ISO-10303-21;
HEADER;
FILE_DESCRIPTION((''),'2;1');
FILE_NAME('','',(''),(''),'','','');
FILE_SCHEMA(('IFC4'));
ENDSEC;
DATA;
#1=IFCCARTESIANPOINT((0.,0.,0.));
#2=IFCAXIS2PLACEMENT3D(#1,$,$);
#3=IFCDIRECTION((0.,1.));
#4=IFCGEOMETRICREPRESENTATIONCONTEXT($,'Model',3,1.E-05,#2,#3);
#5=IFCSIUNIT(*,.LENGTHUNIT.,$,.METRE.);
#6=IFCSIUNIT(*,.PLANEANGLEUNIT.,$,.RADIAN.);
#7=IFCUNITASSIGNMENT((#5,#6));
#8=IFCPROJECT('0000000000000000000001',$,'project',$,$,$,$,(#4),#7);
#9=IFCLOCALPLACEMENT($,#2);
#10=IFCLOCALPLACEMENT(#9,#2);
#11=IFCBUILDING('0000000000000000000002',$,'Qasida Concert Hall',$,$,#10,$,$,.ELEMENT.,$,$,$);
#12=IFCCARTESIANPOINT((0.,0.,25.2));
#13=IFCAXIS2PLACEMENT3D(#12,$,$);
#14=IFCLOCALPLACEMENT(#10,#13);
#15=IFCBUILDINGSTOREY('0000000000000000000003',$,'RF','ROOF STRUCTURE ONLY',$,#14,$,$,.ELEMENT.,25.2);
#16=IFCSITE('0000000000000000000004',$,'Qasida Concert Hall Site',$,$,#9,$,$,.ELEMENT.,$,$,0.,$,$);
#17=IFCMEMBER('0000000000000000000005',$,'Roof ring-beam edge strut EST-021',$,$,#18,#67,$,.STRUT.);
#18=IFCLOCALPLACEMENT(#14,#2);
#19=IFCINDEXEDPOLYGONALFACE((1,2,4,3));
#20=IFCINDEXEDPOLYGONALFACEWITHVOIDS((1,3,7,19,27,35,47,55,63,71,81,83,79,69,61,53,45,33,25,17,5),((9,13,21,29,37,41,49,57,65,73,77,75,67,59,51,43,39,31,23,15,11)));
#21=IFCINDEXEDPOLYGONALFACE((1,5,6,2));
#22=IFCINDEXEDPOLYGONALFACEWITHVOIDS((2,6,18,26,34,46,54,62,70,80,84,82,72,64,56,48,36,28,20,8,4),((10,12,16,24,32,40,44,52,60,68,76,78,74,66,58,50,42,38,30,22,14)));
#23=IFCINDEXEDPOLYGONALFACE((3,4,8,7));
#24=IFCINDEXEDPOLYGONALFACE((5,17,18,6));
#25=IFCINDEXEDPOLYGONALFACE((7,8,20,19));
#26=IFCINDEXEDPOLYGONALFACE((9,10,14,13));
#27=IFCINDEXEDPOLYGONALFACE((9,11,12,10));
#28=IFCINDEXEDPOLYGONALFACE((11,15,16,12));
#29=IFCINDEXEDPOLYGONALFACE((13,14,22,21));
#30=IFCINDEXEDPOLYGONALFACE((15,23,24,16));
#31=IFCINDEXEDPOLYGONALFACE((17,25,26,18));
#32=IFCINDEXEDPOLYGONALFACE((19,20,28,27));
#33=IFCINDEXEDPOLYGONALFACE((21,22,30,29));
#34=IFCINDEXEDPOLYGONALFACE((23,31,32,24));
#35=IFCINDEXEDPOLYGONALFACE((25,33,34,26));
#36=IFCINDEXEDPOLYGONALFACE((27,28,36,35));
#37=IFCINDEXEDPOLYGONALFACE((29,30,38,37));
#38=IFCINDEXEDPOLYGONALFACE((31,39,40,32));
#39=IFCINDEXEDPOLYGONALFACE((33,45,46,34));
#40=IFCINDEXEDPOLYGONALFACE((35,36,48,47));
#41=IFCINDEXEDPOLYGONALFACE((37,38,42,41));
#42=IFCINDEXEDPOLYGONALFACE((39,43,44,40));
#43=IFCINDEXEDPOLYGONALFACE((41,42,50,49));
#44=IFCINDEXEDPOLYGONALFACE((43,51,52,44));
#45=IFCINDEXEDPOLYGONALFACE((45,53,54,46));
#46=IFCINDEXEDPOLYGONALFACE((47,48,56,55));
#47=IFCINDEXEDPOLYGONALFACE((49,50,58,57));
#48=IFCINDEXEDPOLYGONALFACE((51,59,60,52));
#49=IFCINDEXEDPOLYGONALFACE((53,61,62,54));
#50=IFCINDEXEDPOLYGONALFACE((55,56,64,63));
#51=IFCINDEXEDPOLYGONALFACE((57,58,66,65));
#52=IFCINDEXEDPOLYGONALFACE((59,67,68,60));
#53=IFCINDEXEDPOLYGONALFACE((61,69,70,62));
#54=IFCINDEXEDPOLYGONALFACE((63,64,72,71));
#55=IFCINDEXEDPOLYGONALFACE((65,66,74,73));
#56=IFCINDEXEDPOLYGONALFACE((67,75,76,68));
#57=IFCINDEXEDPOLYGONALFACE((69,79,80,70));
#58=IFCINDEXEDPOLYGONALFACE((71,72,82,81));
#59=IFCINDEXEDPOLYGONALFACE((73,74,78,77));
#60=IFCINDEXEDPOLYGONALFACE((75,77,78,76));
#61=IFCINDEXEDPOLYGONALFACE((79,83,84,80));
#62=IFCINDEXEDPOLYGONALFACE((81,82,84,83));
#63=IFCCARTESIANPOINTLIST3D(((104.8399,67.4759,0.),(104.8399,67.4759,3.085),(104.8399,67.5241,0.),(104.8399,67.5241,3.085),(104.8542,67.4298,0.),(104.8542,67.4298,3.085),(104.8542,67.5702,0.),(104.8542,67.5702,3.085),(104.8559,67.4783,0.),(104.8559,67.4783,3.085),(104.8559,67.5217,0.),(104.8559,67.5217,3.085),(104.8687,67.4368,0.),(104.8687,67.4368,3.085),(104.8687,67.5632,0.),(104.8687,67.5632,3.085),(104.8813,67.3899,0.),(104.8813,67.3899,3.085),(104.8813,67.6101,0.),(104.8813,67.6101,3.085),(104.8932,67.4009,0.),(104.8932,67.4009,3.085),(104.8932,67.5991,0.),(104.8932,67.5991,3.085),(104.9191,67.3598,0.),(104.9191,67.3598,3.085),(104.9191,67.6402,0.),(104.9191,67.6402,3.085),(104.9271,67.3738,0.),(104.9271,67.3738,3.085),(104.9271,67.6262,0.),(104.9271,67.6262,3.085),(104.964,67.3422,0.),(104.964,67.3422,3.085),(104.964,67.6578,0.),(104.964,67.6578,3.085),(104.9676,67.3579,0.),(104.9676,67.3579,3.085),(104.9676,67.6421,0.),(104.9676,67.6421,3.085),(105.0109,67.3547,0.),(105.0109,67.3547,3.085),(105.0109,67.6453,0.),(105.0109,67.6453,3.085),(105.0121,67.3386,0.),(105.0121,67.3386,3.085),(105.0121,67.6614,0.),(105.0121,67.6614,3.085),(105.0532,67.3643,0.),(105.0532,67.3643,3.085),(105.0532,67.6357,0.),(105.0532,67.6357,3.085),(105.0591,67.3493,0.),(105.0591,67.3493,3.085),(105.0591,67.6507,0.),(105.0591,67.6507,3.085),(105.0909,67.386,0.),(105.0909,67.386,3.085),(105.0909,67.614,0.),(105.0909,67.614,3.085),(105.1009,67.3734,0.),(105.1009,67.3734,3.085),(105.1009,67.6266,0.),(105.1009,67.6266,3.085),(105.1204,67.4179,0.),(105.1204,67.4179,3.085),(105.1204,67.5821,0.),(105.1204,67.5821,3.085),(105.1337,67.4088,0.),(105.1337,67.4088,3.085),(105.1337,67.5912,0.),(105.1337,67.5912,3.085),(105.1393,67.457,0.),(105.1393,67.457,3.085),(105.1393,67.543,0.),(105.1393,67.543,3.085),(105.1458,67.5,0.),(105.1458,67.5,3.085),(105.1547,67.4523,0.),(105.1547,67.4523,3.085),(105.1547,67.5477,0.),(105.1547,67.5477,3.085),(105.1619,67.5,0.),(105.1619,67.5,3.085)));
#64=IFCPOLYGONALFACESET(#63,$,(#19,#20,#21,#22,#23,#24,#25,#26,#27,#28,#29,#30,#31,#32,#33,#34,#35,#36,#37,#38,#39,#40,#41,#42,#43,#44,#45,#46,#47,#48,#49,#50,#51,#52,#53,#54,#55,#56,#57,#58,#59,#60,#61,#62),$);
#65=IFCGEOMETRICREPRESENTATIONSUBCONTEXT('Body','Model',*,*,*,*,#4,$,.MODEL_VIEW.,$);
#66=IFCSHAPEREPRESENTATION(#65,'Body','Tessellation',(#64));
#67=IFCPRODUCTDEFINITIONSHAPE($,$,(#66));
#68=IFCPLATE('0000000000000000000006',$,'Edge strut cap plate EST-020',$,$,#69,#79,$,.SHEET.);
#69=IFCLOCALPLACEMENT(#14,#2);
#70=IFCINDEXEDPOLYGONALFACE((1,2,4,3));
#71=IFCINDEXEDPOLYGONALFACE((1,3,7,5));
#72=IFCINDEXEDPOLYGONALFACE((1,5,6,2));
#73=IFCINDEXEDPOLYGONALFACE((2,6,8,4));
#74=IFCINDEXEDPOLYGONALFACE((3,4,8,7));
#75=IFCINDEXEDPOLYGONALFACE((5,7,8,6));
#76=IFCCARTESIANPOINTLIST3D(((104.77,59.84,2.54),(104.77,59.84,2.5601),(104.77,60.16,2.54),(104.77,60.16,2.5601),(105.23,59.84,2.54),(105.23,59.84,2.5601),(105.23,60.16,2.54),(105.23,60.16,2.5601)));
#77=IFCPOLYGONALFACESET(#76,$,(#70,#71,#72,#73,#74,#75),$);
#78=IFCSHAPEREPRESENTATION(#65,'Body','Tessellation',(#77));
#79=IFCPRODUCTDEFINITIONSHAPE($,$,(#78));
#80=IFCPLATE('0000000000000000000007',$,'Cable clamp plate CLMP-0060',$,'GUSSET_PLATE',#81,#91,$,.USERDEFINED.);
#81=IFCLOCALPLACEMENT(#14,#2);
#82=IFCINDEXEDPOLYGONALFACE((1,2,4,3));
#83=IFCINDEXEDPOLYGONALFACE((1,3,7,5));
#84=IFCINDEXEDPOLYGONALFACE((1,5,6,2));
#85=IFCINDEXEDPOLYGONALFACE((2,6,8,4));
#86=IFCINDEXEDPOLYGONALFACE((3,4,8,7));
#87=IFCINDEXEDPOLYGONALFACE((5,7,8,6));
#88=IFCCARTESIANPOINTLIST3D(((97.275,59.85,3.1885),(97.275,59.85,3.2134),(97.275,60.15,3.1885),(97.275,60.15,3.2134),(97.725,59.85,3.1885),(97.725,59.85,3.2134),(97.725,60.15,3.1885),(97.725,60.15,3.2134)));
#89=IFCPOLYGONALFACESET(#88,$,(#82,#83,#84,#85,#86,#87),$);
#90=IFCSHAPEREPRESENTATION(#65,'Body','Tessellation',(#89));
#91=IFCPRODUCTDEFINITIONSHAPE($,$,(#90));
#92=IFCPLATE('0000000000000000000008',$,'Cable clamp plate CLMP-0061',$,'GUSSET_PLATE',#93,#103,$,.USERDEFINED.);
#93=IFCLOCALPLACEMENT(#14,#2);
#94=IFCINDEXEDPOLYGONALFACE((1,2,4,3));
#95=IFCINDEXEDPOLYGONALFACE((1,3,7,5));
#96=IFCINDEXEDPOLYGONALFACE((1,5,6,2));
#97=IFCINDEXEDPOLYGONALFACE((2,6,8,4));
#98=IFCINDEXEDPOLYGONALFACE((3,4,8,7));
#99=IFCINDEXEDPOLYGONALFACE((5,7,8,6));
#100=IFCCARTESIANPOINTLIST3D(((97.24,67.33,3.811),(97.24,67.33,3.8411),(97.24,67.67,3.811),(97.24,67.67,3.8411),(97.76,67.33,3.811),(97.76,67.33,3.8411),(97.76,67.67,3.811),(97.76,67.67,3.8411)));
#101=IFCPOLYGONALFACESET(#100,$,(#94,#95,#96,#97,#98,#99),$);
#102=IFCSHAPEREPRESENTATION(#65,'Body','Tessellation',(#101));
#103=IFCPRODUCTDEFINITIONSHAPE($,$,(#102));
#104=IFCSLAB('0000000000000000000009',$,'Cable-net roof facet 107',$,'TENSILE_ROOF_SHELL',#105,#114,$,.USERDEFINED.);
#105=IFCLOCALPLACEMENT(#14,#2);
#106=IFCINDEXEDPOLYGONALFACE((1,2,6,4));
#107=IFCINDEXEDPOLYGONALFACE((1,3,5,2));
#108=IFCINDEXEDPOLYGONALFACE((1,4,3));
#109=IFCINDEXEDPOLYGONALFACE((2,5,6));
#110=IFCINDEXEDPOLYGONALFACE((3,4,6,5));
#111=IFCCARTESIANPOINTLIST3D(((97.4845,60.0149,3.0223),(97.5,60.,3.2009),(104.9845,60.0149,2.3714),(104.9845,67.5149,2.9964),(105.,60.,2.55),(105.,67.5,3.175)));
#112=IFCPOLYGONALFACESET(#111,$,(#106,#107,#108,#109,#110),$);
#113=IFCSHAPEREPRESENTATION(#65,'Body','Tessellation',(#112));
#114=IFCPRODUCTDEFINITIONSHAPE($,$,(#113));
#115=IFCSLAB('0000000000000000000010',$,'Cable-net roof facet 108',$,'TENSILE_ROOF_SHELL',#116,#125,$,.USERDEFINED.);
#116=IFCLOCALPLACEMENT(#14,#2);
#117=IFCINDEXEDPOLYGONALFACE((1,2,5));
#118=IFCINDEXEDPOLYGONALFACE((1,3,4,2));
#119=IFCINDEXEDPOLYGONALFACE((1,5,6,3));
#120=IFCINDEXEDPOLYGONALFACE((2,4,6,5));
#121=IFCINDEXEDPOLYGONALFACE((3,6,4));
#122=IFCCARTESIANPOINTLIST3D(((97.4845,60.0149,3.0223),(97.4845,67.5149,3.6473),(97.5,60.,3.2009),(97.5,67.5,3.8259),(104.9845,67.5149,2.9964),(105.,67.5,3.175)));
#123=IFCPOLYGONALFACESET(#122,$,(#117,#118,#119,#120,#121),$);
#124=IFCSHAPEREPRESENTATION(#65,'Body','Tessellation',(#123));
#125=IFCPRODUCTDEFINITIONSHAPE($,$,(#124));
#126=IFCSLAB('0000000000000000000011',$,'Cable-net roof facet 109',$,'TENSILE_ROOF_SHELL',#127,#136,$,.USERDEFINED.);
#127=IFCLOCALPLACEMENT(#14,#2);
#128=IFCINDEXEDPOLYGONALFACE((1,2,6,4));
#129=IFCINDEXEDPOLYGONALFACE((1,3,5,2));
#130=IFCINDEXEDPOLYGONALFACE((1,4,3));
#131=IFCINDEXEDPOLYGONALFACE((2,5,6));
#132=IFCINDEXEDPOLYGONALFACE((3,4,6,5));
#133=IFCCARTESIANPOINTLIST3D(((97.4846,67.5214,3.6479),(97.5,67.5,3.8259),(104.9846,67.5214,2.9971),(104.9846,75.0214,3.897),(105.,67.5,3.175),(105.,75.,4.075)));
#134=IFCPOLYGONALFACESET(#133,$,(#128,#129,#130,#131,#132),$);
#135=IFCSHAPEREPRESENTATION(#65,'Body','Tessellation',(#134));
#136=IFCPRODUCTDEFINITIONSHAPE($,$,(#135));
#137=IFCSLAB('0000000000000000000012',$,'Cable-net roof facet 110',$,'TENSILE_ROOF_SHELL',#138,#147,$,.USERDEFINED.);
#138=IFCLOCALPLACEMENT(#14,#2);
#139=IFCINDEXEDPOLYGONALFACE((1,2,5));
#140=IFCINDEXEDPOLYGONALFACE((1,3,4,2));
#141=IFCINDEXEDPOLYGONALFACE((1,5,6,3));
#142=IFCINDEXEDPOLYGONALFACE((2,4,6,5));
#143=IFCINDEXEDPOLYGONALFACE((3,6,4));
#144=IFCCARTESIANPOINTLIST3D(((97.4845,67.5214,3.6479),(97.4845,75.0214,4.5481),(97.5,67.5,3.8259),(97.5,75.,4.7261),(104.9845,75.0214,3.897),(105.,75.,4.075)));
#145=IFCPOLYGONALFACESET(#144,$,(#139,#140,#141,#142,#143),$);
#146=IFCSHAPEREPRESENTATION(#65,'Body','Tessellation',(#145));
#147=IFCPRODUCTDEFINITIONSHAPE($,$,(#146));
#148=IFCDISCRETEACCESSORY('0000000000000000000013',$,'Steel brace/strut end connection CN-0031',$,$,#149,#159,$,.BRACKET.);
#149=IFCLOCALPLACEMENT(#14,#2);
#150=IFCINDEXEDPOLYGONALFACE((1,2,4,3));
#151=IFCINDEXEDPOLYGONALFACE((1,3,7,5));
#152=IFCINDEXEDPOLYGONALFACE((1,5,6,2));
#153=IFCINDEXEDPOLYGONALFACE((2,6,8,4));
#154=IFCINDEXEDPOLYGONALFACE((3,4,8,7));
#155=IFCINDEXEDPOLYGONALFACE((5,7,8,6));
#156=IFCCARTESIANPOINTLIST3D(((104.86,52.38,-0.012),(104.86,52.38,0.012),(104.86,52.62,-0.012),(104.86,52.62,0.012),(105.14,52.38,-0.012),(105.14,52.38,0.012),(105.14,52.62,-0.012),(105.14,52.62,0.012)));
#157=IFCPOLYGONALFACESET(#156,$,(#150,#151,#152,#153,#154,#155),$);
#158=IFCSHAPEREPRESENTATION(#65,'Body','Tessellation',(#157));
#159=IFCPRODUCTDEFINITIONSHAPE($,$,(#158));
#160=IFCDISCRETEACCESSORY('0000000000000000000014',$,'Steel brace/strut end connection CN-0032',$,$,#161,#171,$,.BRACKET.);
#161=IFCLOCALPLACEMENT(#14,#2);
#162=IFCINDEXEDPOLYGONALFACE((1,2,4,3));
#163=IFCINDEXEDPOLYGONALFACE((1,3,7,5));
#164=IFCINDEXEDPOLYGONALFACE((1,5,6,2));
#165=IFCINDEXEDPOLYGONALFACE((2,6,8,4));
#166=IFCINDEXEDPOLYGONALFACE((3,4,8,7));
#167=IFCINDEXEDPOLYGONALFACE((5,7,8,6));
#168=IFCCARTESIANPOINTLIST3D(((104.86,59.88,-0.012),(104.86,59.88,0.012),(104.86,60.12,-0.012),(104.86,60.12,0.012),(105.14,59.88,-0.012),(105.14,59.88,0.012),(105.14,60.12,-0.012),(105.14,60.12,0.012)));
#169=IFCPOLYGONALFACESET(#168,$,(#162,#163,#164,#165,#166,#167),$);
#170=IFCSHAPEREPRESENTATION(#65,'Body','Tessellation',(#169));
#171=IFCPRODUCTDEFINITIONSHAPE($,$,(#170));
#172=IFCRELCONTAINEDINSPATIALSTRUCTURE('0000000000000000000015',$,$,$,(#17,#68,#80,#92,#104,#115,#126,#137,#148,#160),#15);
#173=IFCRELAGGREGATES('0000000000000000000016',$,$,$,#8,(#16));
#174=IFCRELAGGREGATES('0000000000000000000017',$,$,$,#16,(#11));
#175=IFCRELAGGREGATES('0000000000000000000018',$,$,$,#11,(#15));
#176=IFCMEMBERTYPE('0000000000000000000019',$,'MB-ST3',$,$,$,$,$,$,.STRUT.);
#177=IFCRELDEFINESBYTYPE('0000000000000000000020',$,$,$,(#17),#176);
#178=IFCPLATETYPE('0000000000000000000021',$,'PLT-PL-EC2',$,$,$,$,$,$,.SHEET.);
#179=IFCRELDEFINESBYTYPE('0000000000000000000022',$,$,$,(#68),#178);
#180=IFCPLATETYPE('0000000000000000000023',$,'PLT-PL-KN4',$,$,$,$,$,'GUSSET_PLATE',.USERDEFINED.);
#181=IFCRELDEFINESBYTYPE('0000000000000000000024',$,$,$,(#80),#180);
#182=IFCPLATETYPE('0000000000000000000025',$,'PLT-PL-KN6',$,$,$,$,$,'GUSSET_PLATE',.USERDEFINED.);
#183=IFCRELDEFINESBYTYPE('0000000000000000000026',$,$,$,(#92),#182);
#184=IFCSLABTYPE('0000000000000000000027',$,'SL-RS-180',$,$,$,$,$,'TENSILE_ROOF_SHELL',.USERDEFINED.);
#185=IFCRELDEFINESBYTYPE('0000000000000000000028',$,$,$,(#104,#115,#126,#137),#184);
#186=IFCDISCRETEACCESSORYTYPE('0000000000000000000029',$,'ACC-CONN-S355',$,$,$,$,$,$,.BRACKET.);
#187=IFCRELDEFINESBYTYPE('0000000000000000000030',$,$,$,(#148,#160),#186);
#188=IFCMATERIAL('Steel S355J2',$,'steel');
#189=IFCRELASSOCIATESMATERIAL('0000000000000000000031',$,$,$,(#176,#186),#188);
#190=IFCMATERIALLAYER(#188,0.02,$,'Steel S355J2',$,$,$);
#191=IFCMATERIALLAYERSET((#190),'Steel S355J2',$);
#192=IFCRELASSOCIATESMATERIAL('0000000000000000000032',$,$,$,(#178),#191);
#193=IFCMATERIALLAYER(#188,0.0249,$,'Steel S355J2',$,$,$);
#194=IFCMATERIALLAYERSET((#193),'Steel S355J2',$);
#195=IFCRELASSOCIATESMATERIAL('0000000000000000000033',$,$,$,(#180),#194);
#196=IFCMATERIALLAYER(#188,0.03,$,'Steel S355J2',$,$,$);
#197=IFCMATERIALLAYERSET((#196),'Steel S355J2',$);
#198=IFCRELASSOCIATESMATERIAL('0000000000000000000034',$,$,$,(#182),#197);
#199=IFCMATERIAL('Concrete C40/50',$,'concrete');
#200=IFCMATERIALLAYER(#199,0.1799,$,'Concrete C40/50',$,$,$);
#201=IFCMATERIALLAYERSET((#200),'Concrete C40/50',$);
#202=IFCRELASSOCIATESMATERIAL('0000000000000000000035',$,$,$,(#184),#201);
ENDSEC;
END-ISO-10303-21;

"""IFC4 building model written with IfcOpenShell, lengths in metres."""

from ifc_helpers import new_model, si_unit, direction, frame, origin, origin_2d, place, context, subcontext, project, spatial, polyline, rectangle, hollow_circle, outline, extrude, material, layer, layer_set, material_profile, profile_set, type_object, element, save


model = new_model("IFC4")

# Units and contexts
model_context = context("Model", 3, precision=1e-05, world=origin(), true_north=direction((0.0, 1.0)))
body_context = subcontext(model_context, "Body", "Model", "MODEL_VIEW")
ifc_project = project(units=[si_unit("LENGTHUNIT", "METRE"), si_unit("PLANEANGLEUNIT", "RADIAN")], contexts=[model_context])

# Site, building, storey
site_placement = place(None, origin())
site = spatial("IfcSite", under=ifc_project, at=site_placement, Name="Qasida Concert Hall Site", CompositionType="ELEMENT", RefElevation=0.0)
building_placement = place(site_placement, origin())
building = spatial("IfcBuilding", under=site, at=building_placement, Name="Qasida Concert Hall", CompositionType="ELEMENT")
storey_placement = place(building_placement, frame((0.0, 0.0, 25.2)))
storey = spatial("IfcBuildingStorey", under=building, at=storey_placement, Name="RF", Description="ROOF STRUCTURE ONLY", CompositionType="ELEMENT", Elevation=25.2)

# Member
ifc_material_1 = material(Name="Steel S355J2", Category="steel")
ifc_material_profile_1 = material_profile(ifc_material_1, hollow_circle(Radius=0.1619, WallThickness=0.0161, at=origin_2d()), Name="CHS 323.9x16")
ifc_profile_set_1 = profile_set([ifc_material_profile_1], Name="Steel S355J2")
member_type_1 = type_object("IfcMemberType", Name="MB-ST3", PredefinedType="STRUT", material=ifc_profile_set_1)
member_1_placement = place(storey_placement, frame((105.0, 67.5, 0.0), z_axis=(0.0, 0.0, 1.0), x_axis=(1.0, 0.0, 0.0)))
element("IfcMember", 1, at=member_1_placement, inside=storey, type_object=member_type_1, Name="Roof ring-beam edge strut EST-021", PredefinedType="STRUT", context=body_context, shape_type="SweptSolid", body=[
    extrude(hollow_circle(Radius=0.1619, WallThickness=0.0161, at=origin_2d()), origin(), (0.0, 0.0, 1.0), 3.085),
])

# Plates
ifc_layer_1 = layer(ifc_material_1, 0.02, Name="Steel S355J2")
ifc_layer_set_1 = layer_set([ifc_layer_1], Name="Steel S355J2")
plate_type_1 = type_object("IfcPlateType", Name="PLT-PL-EC2", PredefinedType="SHEET", material=ifc_layer_set_1)
plate_1_placement = place(storey_placement, frame((105.0, 60.0, 2.54), z_axis=(0.0, 0.0, 1.0), x_axis=(1.0, 0.0, 0.0)))
element("IfcPlate", 2, at=plate_1_placement, inside=storey, type_object=plate_type_1, Name="Edge strut cap plate EST-020", PredefinedType="SHEET", context=body_context, shape_type="SweptSolid", body=[
    extrude(rectangle(XDim=0.46, YDim=0.3201, at=origin_2d()), origin(), (0.0, 0.0, 1.0), 0.02),
])
ifc_layer_2 = layer(ifc_material_1, 0.0249, Name="Steel S355J2")
ifc_layer_set_2 = layer_set([ifc_layer_2], Name="Steel S355J2")
plate_type_2 = type_object("IfcPlateType", Name="PLT-PL-KN4", ElementType="GUSSET_PLATE", PredefinedType="USERDEFINED", material=ifc_layer_set_2)
plate_2_placement = place(storey_placement, frame((97.5, 60.0, 3.1885), z_axis=(0.0, 0.0, 1.0), x_axis=(1.0, 0.0, 0.0)))
element("IfcPlate", 3, at=plate_2_placement, inside=storey, type_object=plate_type_2, Name="Cable clamp plate CLMP-0060", ObjectType="GUSSET_PLATE", PredefinedType="USERDEFINED", context=body_context, shape_type="SweptSolid", body=[
    extrude(rectangle(XDim=0.45, YDim=0.3, at=origin_2d()), origin(), (0.0, 0.0, 1.0), 0.0249),
])
ifc_layer_3 = layer(ifc_material_1, 0.03, Name="Steel S355J2")
ifc_layer_set_3 = layer_set([ifc_layer_3], Name="Steel S355J2")
plate_type_3 = type_object("IfcPlateType", Name="PLT-PL-KN6", ElementType="GUSSET_PLATE", PredefinedType="USERDEFINED", material=ifc_layer_set_3)
plate_3_placement = place(storey_placement, frame((97.5, 67.5, 3.811), z_axis=(0.0, 0.0, 1.0), x_axis=(1.0, 0.0, 0.0)))
element("IfcPlate", 4, at=plate_3_placement, inside=storey, type_object=plate_type_3, Name="Cable clamp plate CLMP-0061", ObjectType="GUSSET_PLATE", PredefinedType="USERDEFINED", context=body_context, shape_type="SweptSolid", body=[
    extrude(rectangle(XDim=0.52, YDim=0.3401, at=origin_2d()), origin(), (0.0, 0.0, 1.0), 0.03),
])

# Slabs
ifc_material_2 = material(Name="Concrete C40/50", Category="concrete")
ifc_layer_4 = layer(ifc_material_2, 0.1799, Name="Concrete C40/50")
ifc_layer_set_4 = layer_set([ifc_layer_4], Name="Concrete C40/50")
slab_type = type_object("IfcSlabType", Name="SL-RS-180", ElementType="TENSILE_ROOF_SHELL", PredefinedType="USERDEFINED", material=ifc_layer_set_4)
slab_1_placement = place(storey_placement, frame((97.5, 60.0, 3.2009), z_axis=(0.086162, -0.082737, 0.99284), x_axis=(0.996255, 0.0, -0.086459)))
element("IfcSlab", 5, at=slab_1_placement, inside=storey, type_object=slab_type, Name="Cable-net roof facet 107", ObjectType="TENSILE_ROOF_SHELL", PredefinedType="USERDEFINED", context=body_context, shape_type="SweptSolid", body=[
    extrude(outline(polyline([(0.0, 0.0), (7.5282, 0.0), (7.4742, 7.5258), (0.0, 0.0)])), origin(), (0.0, 0.0, -1.0), 0.1799),
])
slab_2_placement = place(storey_placement, frame((97.5, 60.0, 3.2009), z_axis=(0.086162, -0.082737, 0.99284), x_axis=(0.707105, 0.707105, -0.00244)))
element("IfcSlab", 6, at=slab_2_placement, inside=storey, type_object=slab_type, Name="Cable-net roof facet 108", ObjectType="TENSILE_ROOF_SHELL", PredefinedType="USERDEFINED", context=body_context, shape_type="SweptSolid", body=[
    extrude(outline(polyline([(0.0, 0.0), (10.6066, 0.0), (5.3018, 5.3415), (0.0, 0.0)])), origin(), (0.0, 0.0, -1.0), 0.1799),
])
slab_3_placement = place(storey_placement, frame((97.5, 67.5, 3.8259), z_axis=(0.085848, -0.118693, 0.989213), x_axis=(0.996255, 0.0, -0.086459)))
element("IfcSlab", 7, at=slab_3_placement, inside=storey, type_object=slab_type, Name="Cable-net roof facet 109", ObjectType="TENSILE_ROOF_SHELL", PredefinedType="USERDEFINED", context=body_context, shape_type="SweptSolid", body=[
    extrude(outline(polyline([(0.0, 0.0), (7.5282, 0.0), (7.4504, 7.5534), (0.0, 0.0)])), origin(), (0.0, 0.0, -1.0), 0.1799),
])
slab_4_placement = place(storey_placement, frame((97.5, 67.5, 3.8259), z_axis=(0.085879, -0.118724, 0.989206), x_axis=(0.706912, 0.706912, 0.023472)))
element("IfcSlab", 8, at=slab_4_placement, inside=storey, type_object=slab_type, Name="Cable-net roof facet 110", ObjectType="TENSILE_ROOF_SHELL", PredefinedType="USERDEFINED", context=body_context, shape_type="SweptSolid", body=[
    extrude(outline(polyline([(0.0, 0.0), (10.6095, 0.0), (5.323, 5.3597), (0.0, 0.0)])), origin(), (0.0, 0.0, -1.0), 0.1799),
])

# Discrete accessories
discrete_accessory_type = type_object("IfcDiscreteAccessoryType", Name="ACC-CONN-S355", PredefinedType="BRACKET", material=ifc_material_1)
for number, where, z_axis, x_axis, name in (
    (9, (105.0, 52.5, -0.012), (0.0, 0.0, 1.0), (1.0, 0.0, 0.0), "Steel brace/strut end connection CN-0031"),
    (10, (105.0, 60.0, -0.012), (0.0, 0.0, 1.0), (1.0, 0.0, 0.0), "Steel brace/strut end connection CN-0032"),
):
    element("IfcDiscreteAccessory", number, at=place(storey_placement, frame(where, z_axis=z_axis, x_axis=x_axis)), inside=storey, type_object=discrete_accessory_type, Name=name, PredefinedType="BRACKET", context=body_context, shape_type="SweptSolid", body=[
        extrude(rectangle(XDim=0.28, YDim=0.24, at=origin_2d()), origin(), (0.0, 0.0, 1.0), 0.0239),
    ])

save(model, "model.ifc")
